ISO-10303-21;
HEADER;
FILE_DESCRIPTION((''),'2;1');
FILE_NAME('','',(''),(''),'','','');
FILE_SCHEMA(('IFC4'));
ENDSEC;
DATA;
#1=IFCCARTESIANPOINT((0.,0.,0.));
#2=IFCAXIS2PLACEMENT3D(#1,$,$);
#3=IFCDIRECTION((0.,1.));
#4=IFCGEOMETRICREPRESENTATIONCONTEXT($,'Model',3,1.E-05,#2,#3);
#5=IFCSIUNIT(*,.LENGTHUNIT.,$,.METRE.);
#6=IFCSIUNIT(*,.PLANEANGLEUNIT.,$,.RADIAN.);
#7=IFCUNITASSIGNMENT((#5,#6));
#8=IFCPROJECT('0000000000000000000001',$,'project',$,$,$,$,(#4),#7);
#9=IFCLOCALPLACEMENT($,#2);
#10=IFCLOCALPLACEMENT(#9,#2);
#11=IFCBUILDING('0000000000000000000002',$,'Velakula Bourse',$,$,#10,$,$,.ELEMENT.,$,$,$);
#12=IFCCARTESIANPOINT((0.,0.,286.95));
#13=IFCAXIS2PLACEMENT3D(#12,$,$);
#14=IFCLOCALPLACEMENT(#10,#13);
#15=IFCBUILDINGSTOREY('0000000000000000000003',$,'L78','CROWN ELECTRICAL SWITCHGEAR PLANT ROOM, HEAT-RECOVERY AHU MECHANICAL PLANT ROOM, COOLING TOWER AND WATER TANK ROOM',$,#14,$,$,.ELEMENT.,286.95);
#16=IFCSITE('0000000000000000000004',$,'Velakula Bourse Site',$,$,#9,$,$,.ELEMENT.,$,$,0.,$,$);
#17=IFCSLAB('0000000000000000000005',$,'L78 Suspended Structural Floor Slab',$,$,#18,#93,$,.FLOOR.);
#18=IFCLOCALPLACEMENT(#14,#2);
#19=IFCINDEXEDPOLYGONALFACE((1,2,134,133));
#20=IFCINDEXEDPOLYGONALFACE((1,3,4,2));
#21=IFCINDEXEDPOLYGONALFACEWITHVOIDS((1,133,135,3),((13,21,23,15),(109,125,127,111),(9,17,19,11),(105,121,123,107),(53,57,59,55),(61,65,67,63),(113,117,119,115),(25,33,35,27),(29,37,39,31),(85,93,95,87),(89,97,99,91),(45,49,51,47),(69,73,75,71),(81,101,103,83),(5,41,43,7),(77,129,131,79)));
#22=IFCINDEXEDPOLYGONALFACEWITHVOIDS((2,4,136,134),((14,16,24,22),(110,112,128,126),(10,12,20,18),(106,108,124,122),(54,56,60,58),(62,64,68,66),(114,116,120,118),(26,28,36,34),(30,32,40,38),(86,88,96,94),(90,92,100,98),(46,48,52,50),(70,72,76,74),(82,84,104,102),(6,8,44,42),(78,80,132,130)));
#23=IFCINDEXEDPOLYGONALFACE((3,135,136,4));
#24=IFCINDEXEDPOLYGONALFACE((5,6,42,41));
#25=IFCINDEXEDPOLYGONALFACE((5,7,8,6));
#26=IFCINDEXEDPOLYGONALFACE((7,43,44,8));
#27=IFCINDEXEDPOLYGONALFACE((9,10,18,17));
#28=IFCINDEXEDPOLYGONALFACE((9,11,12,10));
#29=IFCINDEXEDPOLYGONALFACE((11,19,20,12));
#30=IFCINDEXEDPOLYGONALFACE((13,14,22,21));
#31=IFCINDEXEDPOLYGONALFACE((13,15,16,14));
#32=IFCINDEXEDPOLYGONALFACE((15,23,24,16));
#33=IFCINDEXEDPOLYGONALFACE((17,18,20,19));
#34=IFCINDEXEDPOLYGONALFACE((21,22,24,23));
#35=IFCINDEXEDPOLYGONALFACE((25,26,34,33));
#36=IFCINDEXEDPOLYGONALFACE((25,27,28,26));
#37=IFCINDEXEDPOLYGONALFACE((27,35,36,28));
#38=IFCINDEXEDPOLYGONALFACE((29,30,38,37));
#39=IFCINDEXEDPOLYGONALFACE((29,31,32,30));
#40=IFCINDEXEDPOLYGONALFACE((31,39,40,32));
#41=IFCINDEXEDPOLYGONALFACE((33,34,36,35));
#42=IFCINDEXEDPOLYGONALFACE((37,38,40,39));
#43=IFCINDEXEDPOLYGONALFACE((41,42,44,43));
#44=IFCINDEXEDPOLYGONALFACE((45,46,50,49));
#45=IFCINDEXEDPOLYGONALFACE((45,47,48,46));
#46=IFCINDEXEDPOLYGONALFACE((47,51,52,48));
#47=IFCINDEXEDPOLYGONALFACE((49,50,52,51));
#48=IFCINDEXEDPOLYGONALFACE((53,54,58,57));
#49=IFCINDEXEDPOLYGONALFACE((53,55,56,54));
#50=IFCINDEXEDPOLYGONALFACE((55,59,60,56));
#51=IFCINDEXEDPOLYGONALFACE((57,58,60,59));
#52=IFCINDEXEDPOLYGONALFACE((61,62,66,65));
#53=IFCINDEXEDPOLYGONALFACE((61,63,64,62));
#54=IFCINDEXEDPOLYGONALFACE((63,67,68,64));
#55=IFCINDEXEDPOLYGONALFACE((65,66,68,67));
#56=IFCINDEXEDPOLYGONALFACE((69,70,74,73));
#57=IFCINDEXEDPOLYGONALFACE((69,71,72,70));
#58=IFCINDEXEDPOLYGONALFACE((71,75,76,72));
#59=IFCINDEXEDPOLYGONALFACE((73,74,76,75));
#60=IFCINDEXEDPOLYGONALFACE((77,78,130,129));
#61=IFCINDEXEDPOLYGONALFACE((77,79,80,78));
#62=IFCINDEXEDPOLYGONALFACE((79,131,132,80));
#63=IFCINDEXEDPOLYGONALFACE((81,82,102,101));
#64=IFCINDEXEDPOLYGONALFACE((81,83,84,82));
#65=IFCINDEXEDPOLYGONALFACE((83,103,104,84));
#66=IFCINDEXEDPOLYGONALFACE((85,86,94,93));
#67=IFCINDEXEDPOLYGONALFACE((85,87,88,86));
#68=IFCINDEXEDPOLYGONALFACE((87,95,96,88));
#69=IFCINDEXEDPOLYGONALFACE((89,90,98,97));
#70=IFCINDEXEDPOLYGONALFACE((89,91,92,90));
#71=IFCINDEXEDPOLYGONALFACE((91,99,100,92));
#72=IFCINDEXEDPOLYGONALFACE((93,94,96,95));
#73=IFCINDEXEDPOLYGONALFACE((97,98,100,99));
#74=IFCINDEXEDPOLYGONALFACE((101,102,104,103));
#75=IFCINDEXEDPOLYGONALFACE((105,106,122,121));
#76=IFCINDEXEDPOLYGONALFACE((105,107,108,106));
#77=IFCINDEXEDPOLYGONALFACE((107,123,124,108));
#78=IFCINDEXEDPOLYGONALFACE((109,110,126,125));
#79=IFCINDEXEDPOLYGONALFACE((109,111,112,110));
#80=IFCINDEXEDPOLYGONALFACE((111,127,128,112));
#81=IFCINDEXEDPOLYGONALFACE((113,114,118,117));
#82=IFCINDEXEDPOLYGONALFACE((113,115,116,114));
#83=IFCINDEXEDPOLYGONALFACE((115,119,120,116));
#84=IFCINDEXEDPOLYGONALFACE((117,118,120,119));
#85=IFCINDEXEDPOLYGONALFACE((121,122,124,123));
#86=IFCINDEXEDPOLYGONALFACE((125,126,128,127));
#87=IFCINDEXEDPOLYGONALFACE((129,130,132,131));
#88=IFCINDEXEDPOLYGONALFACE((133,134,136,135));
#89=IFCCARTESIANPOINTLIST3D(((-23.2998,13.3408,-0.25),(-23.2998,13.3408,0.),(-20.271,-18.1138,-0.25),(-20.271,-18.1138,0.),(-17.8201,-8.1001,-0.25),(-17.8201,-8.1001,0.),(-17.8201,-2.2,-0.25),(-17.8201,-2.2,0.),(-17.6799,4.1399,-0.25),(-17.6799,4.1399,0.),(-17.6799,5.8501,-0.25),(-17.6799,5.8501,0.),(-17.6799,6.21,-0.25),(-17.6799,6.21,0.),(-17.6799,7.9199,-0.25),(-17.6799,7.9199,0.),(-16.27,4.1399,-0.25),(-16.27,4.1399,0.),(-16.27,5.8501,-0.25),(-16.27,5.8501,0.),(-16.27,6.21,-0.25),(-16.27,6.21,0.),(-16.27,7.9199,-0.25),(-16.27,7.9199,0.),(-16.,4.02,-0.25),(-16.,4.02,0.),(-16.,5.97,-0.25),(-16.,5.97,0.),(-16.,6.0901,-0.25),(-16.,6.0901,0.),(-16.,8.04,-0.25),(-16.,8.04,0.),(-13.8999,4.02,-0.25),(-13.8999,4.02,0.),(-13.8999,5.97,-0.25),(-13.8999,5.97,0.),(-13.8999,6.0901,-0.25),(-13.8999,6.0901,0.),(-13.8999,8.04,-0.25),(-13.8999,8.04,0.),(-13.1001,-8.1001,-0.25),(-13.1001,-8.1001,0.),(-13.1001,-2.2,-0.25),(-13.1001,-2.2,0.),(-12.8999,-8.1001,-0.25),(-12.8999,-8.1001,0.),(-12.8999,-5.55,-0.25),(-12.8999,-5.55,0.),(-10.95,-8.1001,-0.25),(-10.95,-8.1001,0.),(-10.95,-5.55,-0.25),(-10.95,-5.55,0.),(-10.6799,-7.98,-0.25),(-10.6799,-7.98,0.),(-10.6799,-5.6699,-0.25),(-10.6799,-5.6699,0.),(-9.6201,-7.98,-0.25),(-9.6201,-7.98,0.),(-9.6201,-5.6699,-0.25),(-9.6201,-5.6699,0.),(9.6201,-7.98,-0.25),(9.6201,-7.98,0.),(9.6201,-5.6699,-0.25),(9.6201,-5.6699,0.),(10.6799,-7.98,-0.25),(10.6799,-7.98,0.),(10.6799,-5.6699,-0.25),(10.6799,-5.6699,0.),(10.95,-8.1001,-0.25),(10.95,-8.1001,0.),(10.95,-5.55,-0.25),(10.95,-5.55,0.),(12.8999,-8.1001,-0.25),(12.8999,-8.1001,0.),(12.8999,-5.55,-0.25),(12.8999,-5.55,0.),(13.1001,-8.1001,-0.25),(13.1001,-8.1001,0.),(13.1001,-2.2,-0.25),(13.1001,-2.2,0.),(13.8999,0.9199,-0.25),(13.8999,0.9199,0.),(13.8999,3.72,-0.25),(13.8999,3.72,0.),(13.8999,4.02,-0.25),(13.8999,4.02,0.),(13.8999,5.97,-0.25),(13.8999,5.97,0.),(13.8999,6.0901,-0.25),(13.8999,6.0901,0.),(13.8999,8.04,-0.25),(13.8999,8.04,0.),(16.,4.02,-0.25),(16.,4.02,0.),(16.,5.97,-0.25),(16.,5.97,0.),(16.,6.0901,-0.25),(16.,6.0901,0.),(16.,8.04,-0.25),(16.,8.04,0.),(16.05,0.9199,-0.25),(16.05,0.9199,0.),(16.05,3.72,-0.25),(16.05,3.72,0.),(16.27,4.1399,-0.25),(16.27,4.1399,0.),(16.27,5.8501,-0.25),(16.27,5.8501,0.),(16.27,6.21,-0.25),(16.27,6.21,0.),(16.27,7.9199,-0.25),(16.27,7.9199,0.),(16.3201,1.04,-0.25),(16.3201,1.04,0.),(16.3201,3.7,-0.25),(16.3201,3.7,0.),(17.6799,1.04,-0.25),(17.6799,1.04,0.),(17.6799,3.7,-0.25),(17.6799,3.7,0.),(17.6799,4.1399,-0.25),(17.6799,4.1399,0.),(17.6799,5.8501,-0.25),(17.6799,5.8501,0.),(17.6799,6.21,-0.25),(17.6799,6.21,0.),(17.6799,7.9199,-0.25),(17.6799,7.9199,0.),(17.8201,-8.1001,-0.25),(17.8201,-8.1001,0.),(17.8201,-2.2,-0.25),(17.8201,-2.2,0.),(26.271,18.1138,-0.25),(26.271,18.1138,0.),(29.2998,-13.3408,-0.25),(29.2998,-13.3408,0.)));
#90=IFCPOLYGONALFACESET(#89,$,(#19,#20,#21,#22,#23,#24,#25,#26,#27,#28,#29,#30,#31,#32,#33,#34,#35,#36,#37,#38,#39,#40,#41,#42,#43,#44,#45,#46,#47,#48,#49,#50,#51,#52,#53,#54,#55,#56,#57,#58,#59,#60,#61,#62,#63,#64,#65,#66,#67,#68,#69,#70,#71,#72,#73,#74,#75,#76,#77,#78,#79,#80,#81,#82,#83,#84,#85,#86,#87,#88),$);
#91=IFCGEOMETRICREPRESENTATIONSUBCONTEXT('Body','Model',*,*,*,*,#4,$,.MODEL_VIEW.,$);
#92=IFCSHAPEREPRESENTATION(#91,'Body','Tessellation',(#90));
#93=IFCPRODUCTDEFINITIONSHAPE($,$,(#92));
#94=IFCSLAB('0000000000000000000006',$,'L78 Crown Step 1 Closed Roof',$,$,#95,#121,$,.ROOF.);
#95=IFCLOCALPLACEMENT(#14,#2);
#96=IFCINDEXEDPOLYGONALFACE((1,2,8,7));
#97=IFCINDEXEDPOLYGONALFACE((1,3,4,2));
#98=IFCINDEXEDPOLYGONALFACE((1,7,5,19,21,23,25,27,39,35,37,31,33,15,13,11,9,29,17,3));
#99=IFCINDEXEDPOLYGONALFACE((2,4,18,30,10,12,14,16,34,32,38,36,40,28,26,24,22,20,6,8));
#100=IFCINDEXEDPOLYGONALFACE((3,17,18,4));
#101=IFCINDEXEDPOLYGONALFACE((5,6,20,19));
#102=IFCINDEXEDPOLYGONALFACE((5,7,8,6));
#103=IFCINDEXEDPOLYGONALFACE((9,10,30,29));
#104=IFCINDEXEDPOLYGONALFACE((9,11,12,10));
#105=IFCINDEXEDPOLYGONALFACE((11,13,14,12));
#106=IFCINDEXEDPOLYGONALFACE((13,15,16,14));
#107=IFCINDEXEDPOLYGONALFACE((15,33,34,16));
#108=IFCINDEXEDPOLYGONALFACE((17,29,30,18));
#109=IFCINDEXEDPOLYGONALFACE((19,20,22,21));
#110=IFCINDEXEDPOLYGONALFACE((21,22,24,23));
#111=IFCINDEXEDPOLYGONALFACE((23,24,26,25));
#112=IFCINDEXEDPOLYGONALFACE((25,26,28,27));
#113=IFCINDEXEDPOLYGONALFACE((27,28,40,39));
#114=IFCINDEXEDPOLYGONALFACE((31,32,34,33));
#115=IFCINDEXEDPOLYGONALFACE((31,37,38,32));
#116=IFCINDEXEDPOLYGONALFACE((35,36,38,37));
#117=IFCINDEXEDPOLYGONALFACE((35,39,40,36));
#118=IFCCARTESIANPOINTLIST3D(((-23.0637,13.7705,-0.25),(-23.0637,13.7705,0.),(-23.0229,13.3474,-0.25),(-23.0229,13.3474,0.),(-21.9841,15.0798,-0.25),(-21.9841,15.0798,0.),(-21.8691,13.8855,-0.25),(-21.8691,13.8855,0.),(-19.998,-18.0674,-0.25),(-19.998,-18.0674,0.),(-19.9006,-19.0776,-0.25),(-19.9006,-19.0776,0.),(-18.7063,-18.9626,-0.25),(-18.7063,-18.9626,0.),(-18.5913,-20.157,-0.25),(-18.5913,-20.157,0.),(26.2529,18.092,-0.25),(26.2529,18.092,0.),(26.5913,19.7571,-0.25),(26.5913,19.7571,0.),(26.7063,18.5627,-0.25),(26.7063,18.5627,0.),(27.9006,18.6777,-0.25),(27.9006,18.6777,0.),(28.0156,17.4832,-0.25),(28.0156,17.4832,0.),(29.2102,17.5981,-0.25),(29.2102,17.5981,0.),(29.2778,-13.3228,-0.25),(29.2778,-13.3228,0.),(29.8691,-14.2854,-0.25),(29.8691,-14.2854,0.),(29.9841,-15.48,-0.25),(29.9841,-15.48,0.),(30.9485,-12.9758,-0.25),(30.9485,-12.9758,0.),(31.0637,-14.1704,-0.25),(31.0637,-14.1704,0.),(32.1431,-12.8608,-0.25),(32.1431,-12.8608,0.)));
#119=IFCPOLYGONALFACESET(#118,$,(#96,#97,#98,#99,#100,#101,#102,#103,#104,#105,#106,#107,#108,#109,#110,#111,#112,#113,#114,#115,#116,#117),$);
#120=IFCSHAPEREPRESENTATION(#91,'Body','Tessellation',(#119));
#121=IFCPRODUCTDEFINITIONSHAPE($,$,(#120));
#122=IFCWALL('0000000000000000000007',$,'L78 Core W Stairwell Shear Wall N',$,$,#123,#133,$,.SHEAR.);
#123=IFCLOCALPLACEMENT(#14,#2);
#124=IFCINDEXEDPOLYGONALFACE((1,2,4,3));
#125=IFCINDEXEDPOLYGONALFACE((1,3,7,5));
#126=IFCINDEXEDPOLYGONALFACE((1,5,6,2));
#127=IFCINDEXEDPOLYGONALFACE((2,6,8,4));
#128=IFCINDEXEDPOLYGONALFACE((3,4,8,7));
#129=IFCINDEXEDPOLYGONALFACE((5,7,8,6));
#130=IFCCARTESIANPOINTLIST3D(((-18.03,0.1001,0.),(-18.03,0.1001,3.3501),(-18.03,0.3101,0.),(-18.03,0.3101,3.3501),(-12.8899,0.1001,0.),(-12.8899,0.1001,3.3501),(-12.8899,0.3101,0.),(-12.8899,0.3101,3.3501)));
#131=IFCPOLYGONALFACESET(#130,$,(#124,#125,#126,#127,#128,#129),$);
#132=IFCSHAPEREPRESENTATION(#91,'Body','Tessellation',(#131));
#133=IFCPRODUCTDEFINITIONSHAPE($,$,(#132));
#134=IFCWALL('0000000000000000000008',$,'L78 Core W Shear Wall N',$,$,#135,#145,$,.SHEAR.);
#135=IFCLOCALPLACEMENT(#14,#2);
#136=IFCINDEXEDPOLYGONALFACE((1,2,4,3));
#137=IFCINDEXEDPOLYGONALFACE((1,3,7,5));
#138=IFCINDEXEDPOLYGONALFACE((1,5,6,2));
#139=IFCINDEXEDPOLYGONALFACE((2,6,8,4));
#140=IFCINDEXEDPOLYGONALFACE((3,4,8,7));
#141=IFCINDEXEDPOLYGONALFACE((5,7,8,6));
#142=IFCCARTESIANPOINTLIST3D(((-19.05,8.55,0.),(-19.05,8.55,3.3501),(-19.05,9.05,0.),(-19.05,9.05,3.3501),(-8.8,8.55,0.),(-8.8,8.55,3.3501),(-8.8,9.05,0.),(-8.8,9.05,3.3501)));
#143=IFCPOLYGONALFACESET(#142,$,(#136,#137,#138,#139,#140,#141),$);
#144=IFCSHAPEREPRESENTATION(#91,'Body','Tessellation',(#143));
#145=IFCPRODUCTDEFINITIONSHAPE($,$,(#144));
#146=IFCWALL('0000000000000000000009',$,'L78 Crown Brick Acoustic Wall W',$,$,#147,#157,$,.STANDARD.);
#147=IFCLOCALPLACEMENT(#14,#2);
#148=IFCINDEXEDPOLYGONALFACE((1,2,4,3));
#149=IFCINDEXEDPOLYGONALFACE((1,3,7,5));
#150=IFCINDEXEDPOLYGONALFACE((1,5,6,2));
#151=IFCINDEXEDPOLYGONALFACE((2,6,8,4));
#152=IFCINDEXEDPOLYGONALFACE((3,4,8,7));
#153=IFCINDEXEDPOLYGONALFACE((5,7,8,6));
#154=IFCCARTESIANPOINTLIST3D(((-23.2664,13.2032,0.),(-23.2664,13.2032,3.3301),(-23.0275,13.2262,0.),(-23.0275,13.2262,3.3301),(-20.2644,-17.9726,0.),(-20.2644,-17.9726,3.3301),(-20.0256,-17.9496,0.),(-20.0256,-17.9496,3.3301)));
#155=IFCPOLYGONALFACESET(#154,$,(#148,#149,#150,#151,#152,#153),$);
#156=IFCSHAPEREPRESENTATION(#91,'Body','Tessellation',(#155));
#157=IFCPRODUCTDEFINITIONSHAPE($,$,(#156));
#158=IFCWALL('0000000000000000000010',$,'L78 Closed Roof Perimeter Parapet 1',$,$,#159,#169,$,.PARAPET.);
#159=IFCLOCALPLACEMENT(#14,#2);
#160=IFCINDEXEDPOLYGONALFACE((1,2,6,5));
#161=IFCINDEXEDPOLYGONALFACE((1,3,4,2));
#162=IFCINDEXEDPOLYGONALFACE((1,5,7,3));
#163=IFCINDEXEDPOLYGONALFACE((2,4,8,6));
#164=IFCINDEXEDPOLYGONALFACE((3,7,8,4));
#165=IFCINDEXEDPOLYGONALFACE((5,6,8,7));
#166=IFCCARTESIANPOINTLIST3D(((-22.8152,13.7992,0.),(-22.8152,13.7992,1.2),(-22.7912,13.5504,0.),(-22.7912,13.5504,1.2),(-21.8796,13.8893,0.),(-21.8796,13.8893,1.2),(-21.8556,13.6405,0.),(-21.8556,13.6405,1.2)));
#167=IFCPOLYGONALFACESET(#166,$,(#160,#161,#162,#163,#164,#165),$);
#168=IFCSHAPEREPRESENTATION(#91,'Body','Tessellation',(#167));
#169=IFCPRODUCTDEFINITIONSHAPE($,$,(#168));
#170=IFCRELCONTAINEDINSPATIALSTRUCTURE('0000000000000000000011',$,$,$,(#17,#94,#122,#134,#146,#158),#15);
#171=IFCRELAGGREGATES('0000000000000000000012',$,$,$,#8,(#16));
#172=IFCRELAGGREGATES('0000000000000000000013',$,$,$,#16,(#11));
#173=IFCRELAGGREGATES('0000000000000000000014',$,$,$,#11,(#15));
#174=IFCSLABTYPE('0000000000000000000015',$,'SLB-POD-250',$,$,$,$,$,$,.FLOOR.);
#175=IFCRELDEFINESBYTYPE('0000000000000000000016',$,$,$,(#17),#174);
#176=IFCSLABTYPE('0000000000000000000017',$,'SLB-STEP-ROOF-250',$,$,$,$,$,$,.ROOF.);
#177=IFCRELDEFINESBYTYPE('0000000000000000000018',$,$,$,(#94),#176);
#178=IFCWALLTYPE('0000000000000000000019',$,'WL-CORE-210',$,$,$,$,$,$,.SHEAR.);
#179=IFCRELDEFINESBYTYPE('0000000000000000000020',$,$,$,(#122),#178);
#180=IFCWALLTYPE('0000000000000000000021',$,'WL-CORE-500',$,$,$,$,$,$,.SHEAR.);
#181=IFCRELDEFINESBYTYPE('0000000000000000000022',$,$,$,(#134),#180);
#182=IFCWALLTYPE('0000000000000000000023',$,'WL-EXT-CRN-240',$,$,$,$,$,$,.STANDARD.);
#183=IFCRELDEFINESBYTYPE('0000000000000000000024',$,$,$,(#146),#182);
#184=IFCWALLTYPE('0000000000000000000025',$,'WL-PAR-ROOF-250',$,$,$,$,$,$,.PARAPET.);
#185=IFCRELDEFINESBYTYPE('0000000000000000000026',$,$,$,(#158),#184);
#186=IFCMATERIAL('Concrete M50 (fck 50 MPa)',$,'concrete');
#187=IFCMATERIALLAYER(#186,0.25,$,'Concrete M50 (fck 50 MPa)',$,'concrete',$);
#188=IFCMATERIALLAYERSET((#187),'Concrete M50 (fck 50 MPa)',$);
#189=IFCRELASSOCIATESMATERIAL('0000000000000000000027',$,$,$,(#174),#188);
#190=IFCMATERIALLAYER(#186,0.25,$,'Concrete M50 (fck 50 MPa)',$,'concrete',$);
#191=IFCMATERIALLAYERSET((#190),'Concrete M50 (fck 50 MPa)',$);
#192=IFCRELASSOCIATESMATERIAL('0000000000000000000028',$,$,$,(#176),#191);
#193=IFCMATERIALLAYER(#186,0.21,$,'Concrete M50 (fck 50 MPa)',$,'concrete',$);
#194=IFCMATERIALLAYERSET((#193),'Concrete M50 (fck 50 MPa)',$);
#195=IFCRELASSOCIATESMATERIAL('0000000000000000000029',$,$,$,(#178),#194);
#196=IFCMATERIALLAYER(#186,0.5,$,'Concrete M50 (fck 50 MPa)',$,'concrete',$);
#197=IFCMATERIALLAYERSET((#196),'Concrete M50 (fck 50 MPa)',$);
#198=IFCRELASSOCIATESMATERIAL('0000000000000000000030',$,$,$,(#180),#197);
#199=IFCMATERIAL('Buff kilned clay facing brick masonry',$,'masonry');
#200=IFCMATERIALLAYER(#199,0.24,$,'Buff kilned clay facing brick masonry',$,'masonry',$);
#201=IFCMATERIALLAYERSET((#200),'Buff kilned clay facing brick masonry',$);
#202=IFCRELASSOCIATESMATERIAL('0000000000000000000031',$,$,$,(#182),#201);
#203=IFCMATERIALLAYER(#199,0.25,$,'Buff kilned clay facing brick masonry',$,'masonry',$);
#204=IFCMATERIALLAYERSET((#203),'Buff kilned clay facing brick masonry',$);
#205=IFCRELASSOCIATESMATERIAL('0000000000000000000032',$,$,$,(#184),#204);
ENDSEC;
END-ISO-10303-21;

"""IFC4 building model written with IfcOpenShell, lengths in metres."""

from ifc_helpers import new_model, si_unit, direction, frame, frame_2d, origin, place, context, subcontext, project, spatial, polyline, rectangle, outline, extrude, material, layer, layer_set, type_object, element, save


model = new_model("IFC4")

# Units and contexts
model_context = context("Model", 3, precision=1e-05, world=origin(), true_north=direction((0.0, 1.0)))
body_context = subcontext(model_context, "Body", "Model", "MODEL_VIEW")
ifc_project = project(units=[si_unit("LENGTHUNIT", "METRE"), si_unit("PLANEANGLEUNIT", "RADIAN")], contexts=[model_context])

# Site, building, storey
site_placement = place(None, origin())
site = spatial("IfcSite", under=ifc_project, at=site_placement, Name="Velakula Bourse Site", CompositionType="ELEMENT", RefElevation=0.0)
building_placement = place(site_placement, origin())
building = spatial("IfcBuilding", under=site, at=building_placement, Name="Velakula Bourse", CompositionType="ELEMENT")
storey_placement = place(building_placement, frame((0.0, 0.0, 286.95)))
storey = spatial("IfcBuildingStorey", under=building, at=storey_placement, Name="L78", Description="CROWN ELECTRICAL SWITCHGEAR PLANT ROOM, HEAT-RECOVERY AHU MECHANICAL PLANT ROOM, COOLING TOWER AND WATER TANK ROOM", CompositionType="ELEMENT", Elevation=286.95)

# Shared definitions
ifc_material_1 = material(Name="Concrete M50 (fck 50 MPa)", Category="concrete")

# Slabs
ifc_layer_1 = layer(ifc_material_1, 0.25, Name="Concrete M50 (fck 50 MPa)", Category="concrete")
ifc_layer_set_1 = layer_set([ifc_layer_1], Name="Concrete M50 (fck 50 MPa)")
slab_type_1 = type_object("IfcSlabType", Name="SLB-POD-250", PredefinedType="FLOOR", material=ifc_layer_set_1)
slab_1_placement = place(storey_placement, frame((0.0, 0.0, -0.25)))
element("IfcSlab", 1, at=slab_1_placement, inside=storey, type_object=slab_type_1, Name="L78 Suspended Structural Floor Slab", PredefinedType="FLOOR", context=body_context, shape_type="SweptSolid", body=[
    extrude(outline(polyline([(-20.271, -18.1138), (29.2998, -13.3408), (26.271, 18.1138), (-23.2998, 13.3408), (-20.271, -18.1138)]), holes=[polyline([(-17.8201, -8.1001), (-13.1001, -8.1001), (-13.1001, -2.2), (-17.8201, -2.2), (-17.8201, -8.1001)]), polyline([(13.1001, -8.1001), (17.8201, -8.1001), (17.8201, -2.2), (13.1001, -2.2), (13.1001, -8.1001)]), polyline([(-12.8999, -8.1001), (-10.95, -8.1001), (-10.95, -5.55), (-12.8999, -5.55), (-12.8999, -8.1001)]), polyline([(10.95, -8.1001), (12.8999, -8.1001), (12.8999, -5.55), (10.95, -5.55), (10.95, -8.1001)]), polyline([(13.8999, 0.9199), (16.05, 0.9199), (16.05, 3.72), (13.8999, 3.72), (13.8999, 0.9199)]), polyline([(-10.6799, -7.98), (-9.6201, -7.98), (-9.6201, -5.6699), (-10.6799, -5.6699), (-10.6799, -7.98)]), polyline([(-17.6799, 4.1399), (-16.27, 4.1399), (-16.27, 5.8501), (-17.6799, 5.8501), (-17.6799, 4.1399)]), polyline([(-17.6799, 6.21), (-16.27, 6.21), (-16.27, 7.9199), (-17.6799, 7.9199), (-17.6799, 6.21)]), polyline([(9.6201, -7.98), (10.6799, -7.98), (10.6799, -5.6699), (9.6201, -5.6699), (9.6201, -7.98)]), polyline([(16.27, 4.1399), (17.6799, 4.1399), (17.6799, 5.8501), (16.27, 5.8501), (16.27, 4.1399)]), polyline([(16.27, 6.21), (17.6799, 6.21), (17.6799, 7.9199), (16.27, 7.9199), (16.27, 6.21)]), polyline([(16.3201, 1.04), (17.6799, 1.04), (17.6799, 3.7), (16.3201, 3.7), (16.3201, 1.04)]), polyline([(-16.0, 4.02), (-13.8999, 4.02), (-13.8999, 5.97), (-16.0, 5.97), (-16.0, 4.02)]), polyline([(-16.0, 6.0901), (-13.8999, 6.0901), (-13.8999, 8.04), (-16.0, 8.04), (-16.0, 6.0901)]), polyline([(13.8999, 4.02), (16.0, 4.02), (16.0, 5.97), (13.8999, 5.97), (13.8999, 4.02)]), polyline([(13.8999, 6.0901), (16.0, 6.0901), (16.0, 8.04), (13.8999, 8.04), (13.8999, 6.0901)])]), origin(), (0.0, 0.0, 1.0), 0.25),
])
ifc_layer_2 = layer(ifc_material_1, 0.25, Name="Concrete M50 (fck 50 MPa)", Category="concrete")
ifc_layer_set_2 = layer_set([ifc_layer_2], Name="Concrete M50 (fck 50 MPa)")
slab_type_2 = type_object("IfcSlabType", Name="SLB-STEP-ROOF-250", PredefinedType="ROOF", material=ifc_layer_set_2)
slab_2_placement = place(storey_placement, frame((0.0, 0.0, -0.25)))
element("IfcSlab", 2, at=slab_2_placement, inside=storey, type_object=slab_type_2, Name="L78 Crown Step 1 Closed Roof", PredefinedType="ROOF", context=body_context, shape_type="SweptSolid", body=[
    extrude(outline(polyline([(-23.0637, 13.7705), (-21.8691, 13.8855), (-21.9841, 15.0798), (26.5913, 19.7571), (26.7063, 18.5627), (27.9006, 18.6777), (28.0156, 17.4832), (29.2102, 17.5981), (32.1431, -12.8608), (30.9485, -12.9758), (31.0637, -14.1704), (29.8691, -14.2854), (29.9841, -15.48), (-18.5913, -20.157), (-18.7063, -18.9626), (-19.9006, -19.0776), (-19.998, -18.0674), (29.2778, -13.3228), (26.2529, 18.092), (-23.0229, 13.3474), (-23.0637, 13.7705)])), origin(), (0.0, 0.0, 1.0), 0.25),
])

# Walls
ifc_layer_3 = layer(ifc_material_1, 0.21, Name="Concrete M50 (fck 50 MPa)", Category="concrete")
ifc_layer_set_3 = layer_set([ifc_layer_3], Name="Concrete M50 (fck 50 MPa)")
wall_type_1 = type_object("IfcWallType", Name="WL-CORE-210", PredefinedType="SHEAR", material=ifc_layer_set_3)
wall_1_placement = place(storey_placement, frame((-12.8899, 0.2051, 0.0), z_axis=(0.0, 0.0, 1.0), x_axis=(-1.0, 0.0, 0.0)))
element("IfcWall", 3, at=wall_1_placement, inside=storey, type_object=wall_type_1, Name="L78 Core W Stairwell Shear Wall N", PredefinedType="SHEAR", context=body_context, shape_type="SweptSolid", body=[
    extrude(rectangle(XDim=5.1401, YDim=0.21, at=frame_2d((2.5701, 0.0))), origin(), (0.0, 0.0, 1.0), 3.3501),
])
ifc_layer_4 = layer(ifc_material_1, 0.5, Name="Concrete M50 (fck 50 MPa)", Category="concrete")
ifc_layer_set_4 = layer_set([ifc_layer_4], Name="Concrete M50 (fck 50 MPa)")
wall_type_2 = type_object("IfcWallType", Name="WL-CORE-500", PredefinedType="SHEAR", material=ifc_layer_set_4)
wall_2_placement = place(storey_placement, frame((-19.05, 8.8, 0.0), z_axis=(0.0, 0.0, 1.0), x_axis=(1.0, 0.0, 0.0)))
element("IfcWall", 4, at=wall_2_placement, inside=storey, type_object=wall_type_2, Name="L78 Core W Shear Wall N", PredefinedType="SHEAR", context=body_context, shape_type="SweptSolid", body=[
    extrude(rectangle(XDim=10.25, YDim=0.5, at=frame_2d((5.125, 0.0))), origin(), (0.0, 0.0, 1.0), 3.3501),
])
ifc_material_2 = material(Name="Buff kilned clay facing brick masonry", Category="masonry")
ifc_layer_5 = layer(ifc_material_2, 0.24, Name="Buff kilned clay facing brick masonry", Category="masonry")
ifc_layer_set_5 = layer_set([ifc_layer_5], Name="Buff kilned clay facing brick masonry")
wall_type_3 = type_object("IfcWallType", Name="WL-EXT-CRN-240", PredefinedType="STANDARD", material=ifc_layer_set_5)
wall_3_placement = place(storey_placement, frame((-23.147, 13.2148, 0.0), z_axis=(0.0, 0.0, 1.0), x_axis=(0.095848, -0.995396, 0.0)))
element("IfcWall", 5, at=wall_3_placement, inside=storey, type_object=wall_type_3, Name="L78 Crown Brick Acoustic Wall W", PredefinedType="STANDARD", context=body_context, shape_type="SweptSolid", body=[
    extrude(rectangle(XDim=31.3201, YDim=0.24, at=frame_2d((15.6602, 0.0))), origin(), (0.0, 0.0, 1.0), 3.3301),
])
ifc_layer_6 = layer(ifc_material_2, 0.25, Name="Buff kilned clay facing brick masonry", Category="masonry")
ifc_layer_set_6 = layer_set([ifc_layer_6], Name="Buff kilned clay facing brick masonry")
wall_type_4 = type_object("IfcWallType", Name="WL-PAR-ROOF-250", PredefinedType="PARAPET", material=ifc_layer_set_6)
for number, where, z_axis, x_axis, name in (
    (6, (-22.8032, 13.6748, 0.0), (0.0, 0.0, 1.0), (0.995396, 0.095851, 0.0), "L78 Closed Roof Perimeter Parapet 1"),
):
    element("IfcWall", number, at=place(storey_placement, frame(where, z_axis=z_axis, x_axis=x_axis)), inside=storey, type_object=wall_type_4, Name=name, PredefinedType="PARAPET", context=body_context, shape_type="SweptSolid", body=[
        extrude(rectangle(XDim=0.9399, YDim=0.25, at=frame_2d((0.47, 0.0))), origin(), (0.0, 0.0, 1.0), 1.2),
    ])

save(model, "model.ifc")
